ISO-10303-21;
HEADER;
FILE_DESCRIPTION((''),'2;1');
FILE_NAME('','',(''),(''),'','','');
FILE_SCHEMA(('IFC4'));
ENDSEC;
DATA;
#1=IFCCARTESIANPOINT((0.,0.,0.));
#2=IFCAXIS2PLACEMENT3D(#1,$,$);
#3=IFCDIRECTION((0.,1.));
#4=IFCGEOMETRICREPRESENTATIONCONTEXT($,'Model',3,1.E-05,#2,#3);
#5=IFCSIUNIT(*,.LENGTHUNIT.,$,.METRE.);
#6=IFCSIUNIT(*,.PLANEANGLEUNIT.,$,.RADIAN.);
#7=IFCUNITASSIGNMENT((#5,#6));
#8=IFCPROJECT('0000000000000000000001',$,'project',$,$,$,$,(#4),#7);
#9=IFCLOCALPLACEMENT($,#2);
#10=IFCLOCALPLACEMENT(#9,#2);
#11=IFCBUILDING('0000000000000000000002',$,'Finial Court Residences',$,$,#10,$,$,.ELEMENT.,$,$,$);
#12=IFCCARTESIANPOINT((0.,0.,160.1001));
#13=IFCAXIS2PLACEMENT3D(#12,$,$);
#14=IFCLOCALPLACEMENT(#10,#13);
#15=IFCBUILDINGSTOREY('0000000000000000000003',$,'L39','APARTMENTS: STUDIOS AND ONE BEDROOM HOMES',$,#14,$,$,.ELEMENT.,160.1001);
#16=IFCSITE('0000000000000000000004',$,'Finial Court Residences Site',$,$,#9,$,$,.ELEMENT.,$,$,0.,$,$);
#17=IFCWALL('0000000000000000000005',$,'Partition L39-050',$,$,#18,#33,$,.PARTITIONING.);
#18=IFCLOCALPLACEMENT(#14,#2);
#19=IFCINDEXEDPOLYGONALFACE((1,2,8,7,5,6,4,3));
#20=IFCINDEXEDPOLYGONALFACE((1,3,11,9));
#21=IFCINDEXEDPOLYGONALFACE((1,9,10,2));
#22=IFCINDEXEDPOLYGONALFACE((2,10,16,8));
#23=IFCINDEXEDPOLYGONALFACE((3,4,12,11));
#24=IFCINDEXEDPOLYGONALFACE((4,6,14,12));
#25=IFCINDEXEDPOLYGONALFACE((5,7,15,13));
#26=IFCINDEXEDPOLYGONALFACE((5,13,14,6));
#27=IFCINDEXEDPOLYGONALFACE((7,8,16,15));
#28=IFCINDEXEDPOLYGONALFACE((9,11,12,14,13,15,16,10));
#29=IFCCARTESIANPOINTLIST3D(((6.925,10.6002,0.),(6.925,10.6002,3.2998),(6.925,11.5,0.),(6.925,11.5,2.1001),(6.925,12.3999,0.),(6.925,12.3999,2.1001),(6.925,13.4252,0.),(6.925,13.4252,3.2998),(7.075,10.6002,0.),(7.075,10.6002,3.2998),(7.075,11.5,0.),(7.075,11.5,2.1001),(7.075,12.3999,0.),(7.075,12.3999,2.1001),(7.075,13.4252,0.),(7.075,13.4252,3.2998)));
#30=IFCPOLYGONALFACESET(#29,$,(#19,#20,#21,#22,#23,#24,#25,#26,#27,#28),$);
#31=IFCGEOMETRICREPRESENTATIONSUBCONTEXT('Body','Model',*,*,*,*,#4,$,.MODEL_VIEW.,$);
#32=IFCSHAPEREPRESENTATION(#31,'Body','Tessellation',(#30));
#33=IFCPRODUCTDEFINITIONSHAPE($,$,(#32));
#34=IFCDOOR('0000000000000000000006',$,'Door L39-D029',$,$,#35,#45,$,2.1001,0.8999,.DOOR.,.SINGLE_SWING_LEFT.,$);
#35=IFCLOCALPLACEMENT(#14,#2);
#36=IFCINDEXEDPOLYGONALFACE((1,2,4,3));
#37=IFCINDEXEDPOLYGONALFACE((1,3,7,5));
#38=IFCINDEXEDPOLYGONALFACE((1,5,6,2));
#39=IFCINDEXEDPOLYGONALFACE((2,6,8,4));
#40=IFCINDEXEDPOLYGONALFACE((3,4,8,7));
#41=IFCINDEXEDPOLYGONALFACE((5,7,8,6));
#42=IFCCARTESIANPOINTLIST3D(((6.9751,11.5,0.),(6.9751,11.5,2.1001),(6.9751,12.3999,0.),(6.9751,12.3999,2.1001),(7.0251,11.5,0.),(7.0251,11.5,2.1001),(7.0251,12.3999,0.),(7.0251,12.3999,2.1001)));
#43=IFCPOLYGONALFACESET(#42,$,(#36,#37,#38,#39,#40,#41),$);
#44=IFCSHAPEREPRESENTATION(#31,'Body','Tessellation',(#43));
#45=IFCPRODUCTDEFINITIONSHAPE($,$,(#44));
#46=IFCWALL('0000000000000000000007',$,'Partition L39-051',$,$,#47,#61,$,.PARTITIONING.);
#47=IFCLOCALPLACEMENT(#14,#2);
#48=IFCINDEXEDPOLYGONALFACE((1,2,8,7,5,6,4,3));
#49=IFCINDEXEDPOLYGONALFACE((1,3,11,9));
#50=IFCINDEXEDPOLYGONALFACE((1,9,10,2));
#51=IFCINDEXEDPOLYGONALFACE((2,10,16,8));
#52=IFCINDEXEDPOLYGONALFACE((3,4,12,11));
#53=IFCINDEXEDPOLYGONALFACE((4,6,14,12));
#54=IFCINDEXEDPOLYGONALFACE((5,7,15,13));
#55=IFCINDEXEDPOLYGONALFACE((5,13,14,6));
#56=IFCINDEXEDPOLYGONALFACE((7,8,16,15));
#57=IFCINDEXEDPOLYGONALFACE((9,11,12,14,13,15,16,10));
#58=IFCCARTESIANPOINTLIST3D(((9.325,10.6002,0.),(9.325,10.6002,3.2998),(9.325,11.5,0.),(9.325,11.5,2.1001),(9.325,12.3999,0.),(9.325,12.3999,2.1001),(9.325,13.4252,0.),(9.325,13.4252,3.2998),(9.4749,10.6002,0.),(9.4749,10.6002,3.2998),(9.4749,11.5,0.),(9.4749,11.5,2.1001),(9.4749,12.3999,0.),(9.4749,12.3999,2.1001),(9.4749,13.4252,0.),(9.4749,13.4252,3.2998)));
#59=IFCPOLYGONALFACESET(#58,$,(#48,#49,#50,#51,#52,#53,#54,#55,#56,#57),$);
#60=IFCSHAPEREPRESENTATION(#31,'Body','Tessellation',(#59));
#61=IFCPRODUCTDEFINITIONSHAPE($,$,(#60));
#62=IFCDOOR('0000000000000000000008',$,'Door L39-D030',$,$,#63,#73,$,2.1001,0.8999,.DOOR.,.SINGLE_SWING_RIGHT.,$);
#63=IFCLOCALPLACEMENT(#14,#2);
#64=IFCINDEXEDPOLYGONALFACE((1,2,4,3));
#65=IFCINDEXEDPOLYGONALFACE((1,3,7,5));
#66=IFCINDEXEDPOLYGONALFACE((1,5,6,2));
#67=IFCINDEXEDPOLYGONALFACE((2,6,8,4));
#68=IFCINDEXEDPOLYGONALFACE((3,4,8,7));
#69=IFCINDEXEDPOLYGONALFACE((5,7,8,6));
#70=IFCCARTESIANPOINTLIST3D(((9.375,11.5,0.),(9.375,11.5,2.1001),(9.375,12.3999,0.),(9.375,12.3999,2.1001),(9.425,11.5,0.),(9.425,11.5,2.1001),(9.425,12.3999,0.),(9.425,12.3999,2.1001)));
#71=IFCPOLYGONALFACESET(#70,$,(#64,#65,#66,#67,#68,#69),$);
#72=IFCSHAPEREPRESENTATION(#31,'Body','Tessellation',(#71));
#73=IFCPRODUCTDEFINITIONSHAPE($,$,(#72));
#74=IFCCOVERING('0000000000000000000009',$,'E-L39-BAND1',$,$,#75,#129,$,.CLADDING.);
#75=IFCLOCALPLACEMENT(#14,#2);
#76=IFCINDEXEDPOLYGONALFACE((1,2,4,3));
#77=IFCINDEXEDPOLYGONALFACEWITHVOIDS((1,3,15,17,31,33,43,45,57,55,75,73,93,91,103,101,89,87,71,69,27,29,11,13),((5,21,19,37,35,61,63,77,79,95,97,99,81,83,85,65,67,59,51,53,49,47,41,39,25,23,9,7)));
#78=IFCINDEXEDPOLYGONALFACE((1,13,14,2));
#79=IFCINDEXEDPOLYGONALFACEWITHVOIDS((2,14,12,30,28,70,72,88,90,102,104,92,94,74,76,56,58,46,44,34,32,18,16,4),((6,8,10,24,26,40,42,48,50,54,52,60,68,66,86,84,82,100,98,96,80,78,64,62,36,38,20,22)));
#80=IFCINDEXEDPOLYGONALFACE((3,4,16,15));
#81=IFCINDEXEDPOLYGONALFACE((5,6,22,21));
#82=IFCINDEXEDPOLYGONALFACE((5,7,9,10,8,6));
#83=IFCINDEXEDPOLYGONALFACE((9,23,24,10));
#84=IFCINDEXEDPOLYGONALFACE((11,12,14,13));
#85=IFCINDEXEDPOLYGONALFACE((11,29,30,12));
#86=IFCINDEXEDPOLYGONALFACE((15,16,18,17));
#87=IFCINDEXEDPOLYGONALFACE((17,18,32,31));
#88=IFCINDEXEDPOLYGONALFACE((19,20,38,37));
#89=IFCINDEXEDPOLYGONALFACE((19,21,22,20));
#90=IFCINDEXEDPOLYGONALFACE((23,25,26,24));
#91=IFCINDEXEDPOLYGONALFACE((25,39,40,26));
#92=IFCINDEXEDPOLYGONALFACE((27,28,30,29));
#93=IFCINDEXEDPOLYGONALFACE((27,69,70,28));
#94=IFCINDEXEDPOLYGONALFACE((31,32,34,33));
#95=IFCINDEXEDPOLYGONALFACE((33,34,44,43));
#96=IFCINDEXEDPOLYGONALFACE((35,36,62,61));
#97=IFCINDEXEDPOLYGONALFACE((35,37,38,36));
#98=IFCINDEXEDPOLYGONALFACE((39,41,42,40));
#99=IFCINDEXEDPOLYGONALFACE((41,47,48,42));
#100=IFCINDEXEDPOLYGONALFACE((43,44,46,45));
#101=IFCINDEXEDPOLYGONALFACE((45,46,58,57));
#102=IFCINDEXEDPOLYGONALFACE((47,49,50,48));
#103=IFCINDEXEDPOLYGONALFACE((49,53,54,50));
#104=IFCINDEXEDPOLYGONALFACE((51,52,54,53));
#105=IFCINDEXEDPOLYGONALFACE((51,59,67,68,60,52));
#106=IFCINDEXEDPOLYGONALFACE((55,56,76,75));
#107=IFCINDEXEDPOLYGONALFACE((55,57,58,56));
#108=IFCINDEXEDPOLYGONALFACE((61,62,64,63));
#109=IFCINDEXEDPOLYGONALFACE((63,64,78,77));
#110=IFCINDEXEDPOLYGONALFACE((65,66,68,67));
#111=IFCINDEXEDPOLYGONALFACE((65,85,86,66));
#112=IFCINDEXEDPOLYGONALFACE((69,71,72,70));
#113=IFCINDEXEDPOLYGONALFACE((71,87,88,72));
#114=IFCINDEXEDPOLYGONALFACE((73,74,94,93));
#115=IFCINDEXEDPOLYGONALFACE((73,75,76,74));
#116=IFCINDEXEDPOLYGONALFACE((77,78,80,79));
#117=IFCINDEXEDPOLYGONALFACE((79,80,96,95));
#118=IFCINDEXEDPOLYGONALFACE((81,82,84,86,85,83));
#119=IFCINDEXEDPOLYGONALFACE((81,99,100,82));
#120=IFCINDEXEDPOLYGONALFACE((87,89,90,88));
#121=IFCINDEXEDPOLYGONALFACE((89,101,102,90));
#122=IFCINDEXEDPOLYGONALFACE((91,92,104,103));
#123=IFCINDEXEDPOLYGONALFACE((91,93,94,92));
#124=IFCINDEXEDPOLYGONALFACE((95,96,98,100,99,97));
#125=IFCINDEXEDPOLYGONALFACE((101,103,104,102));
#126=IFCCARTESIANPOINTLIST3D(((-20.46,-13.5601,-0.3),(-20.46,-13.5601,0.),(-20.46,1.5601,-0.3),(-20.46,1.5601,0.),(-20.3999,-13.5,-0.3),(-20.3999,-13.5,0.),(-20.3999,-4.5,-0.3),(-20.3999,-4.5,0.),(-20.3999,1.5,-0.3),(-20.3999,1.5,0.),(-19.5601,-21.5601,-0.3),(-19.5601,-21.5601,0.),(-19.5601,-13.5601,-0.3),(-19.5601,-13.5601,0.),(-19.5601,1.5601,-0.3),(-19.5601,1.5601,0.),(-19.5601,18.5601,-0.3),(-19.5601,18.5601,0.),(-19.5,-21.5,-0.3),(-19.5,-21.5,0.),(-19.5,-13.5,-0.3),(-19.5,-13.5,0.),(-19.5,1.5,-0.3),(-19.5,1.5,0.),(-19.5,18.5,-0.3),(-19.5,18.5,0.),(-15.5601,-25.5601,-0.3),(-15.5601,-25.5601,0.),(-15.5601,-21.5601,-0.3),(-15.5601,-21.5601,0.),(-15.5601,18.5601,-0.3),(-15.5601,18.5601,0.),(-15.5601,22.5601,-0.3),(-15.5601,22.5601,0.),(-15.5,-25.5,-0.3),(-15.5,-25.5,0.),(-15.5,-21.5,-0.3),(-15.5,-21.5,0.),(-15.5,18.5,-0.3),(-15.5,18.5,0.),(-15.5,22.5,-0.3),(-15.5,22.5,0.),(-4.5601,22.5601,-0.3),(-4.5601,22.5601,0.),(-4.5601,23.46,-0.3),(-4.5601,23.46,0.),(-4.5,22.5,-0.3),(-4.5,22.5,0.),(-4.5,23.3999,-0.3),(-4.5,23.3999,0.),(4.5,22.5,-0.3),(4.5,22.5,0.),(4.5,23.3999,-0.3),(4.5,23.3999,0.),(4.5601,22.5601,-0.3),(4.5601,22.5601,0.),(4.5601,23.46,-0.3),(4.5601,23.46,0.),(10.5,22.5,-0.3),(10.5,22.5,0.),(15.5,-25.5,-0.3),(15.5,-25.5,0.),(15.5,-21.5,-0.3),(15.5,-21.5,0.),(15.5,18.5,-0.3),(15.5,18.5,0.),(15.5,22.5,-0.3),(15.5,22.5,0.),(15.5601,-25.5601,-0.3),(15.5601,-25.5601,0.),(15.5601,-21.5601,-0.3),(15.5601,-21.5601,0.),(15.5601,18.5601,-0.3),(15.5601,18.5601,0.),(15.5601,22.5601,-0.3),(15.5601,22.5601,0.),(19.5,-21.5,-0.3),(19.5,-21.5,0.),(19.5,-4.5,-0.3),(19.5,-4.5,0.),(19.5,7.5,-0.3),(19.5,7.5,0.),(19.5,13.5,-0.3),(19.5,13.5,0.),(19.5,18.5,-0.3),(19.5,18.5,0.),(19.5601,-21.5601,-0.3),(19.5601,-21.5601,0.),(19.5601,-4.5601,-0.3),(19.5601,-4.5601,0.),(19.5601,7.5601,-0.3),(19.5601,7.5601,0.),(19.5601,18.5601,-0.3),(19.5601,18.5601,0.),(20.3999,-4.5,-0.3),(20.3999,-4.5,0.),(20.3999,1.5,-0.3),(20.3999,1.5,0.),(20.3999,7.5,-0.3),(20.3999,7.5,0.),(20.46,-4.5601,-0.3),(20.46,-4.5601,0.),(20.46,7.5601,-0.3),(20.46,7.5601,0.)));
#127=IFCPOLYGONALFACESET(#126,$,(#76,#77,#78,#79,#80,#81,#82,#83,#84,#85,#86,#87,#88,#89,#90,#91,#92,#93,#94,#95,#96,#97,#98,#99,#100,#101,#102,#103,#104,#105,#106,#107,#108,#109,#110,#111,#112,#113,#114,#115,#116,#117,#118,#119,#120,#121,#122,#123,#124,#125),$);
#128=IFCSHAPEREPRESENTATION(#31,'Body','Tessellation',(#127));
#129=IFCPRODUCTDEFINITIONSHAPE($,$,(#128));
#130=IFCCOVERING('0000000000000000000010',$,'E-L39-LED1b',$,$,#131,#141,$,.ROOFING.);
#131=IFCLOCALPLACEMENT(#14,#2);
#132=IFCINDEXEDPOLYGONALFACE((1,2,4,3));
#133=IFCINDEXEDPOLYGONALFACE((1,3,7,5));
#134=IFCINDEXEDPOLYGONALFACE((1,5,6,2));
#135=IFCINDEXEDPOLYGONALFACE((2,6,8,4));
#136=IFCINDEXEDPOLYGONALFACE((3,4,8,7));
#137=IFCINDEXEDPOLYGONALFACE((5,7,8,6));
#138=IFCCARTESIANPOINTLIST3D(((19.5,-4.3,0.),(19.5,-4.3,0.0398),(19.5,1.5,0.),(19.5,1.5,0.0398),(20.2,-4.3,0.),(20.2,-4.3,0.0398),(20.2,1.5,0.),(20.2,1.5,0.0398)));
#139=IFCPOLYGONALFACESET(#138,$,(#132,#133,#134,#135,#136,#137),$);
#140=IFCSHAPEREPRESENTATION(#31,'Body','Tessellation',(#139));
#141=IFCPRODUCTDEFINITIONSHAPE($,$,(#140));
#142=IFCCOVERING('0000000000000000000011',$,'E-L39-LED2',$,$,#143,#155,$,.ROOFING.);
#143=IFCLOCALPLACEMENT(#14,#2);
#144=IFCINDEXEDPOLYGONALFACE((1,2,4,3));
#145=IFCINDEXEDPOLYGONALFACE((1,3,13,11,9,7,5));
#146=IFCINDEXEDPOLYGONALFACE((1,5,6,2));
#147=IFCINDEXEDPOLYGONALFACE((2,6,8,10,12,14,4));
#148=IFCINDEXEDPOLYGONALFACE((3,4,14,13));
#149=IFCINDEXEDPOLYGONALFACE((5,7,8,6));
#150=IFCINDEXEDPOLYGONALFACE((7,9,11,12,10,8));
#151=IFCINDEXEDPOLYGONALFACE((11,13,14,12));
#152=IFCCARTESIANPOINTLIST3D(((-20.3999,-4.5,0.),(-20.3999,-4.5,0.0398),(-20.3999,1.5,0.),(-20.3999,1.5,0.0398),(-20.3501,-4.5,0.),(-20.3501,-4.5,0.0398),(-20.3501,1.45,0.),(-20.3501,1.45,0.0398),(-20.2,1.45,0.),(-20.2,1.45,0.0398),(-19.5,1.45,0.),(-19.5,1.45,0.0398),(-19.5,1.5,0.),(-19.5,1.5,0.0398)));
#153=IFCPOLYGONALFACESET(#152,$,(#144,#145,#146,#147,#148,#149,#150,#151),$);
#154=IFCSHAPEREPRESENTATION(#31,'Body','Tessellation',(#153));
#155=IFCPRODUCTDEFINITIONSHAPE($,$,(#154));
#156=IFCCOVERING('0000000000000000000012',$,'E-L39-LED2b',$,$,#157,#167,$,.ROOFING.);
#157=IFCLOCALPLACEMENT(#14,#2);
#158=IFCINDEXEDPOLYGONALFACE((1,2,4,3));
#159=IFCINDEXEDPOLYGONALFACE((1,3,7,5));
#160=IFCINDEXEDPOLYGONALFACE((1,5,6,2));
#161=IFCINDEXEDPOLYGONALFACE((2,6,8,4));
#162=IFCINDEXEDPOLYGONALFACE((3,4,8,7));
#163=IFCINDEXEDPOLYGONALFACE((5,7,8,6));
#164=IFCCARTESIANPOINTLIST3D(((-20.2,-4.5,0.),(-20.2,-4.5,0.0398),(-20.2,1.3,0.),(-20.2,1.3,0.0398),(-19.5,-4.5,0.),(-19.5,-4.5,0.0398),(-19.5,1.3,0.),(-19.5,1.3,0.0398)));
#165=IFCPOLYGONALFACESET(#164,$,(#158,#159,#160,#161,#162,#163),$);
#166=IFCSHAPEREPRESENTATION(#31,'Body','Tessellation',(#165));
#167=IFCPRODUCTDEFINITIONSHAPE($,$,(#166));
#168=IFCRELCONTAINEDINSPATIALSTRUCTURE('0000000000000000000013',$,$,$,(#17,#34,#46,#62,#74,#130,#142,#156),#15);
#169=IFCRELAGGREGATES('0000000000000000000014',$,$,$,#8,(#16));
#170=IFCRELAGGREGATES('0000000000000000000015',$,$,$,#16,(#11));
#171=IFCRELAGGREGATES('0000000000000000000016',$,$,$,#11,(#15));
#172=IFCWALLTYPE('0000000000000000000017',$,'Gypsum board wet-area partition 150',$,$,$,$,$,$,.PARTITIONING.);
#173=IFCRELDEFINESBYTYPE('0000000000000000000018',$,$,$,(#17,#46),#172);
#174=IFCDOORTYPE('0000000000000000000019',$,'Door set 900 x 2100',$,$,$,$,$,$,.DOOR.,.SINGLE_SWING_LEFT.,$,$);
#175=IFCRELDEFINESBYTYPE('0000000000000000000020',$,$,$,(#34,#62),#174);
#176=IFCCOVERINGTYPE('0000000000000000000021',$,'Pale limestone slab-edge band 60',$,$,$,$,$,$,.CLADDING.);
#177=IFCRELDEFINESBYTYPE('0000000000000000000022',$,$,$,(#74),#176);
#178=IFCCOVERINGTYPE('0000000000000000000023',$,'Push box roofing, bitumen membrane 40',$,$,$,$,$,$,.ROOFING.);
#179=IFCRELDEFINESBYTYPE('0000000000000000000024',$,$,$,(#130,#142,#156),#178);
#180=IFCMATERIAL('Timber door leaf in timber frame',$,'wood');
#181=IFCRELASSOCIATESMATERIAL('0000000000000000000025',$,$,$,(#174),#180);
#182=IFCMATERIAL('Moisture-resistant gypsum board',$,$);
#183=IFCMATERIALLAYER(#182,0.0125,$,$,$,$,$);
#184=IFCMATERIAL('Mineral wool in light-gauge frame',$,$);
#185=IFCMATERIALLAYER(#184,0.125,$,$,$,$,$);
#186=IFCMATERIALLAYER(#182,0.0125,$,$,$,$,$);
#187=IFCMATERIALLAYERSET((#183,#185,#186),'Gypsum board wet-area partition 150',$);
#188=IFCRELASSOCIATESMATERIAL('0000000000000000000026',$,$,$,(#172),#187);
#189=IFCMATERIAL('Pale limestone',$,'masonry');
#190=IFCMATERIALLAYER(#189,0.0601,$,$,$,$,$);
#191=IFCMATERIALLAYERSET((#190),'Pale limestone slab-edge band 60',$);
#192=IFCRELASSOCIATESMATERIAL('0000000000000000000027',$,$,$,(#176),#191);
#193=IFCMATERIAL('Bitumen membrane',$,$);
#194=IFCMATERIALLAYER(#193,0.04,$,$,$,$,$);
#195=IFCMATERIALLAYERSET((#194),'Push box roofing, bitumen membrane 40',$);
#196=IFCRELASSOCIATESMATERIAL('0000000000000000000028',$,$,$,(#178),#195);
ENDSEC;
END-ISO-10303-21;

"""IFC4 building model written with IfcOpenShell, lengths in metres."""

from ifc_helpers import new_model, si_unit, direction, frame, frame_2d, origin, place, context, subcontext, project, spatial, polyline, rectangle, outline, extrude, material, layer, layer_set, type_object, element, fill, save


model = new_model("IFC4")

# Units and contexts
model_context = context("Model", 3, precision=1e-05, world=origin(), true_north=direction((0.0, 1.0)))
body_context = subcontext(model_context, "Body", "Model", "MODEL_VIEW")
ifc_project = project(units=[si_unit("LENGTHUNIT", "METRE"), si_unit("PLANEANGLEUNIT", "RADIAN")], contexts=[model_context])

# Site, building, storey
site_placement = place(None, origin())
site = spatial("IfcSite", under=ifc_project, at=site_placement, Name="Finial Court Residences Site", CompositionType="ELEMENT", RefElevation=0.0)
building_placement = place(site_placement, origin())
building = spatial("IfcBuilding", under=site, at=building_placement, Name="Finial Court Residences", CompositionType="ELEMENT")
storey_placement = place(building_placement, frame((0.0, 0.0, 160.1001)))
storey = spatial("IfcBuildingStorey", under=building, at=storey_placement, Name="L39", Description="APARTMENTS: STUDIOS AND ONE BEDROOM HOMES", CompositionType="ELEMENT", Elevation=160.1001)

# Shared definitions
ifc_material_1 = material(Name="Mineral wool in light-gauge frame")
ifc_material_2 = material(Name="Timber door leaf in timber frame", Category="wood")
door_type = type_object("IfcDoorType", Name="Door set 900 x 2100", OperationType="SINGLE_SWING_LEFT", PredefinedType="DOOR", material=ifc_material_2)

# Shared definitions
ifc_material_3 = material(Name="Moisture-resistant gypsum board")
ifc_layer_1 = layer(ifc_material_3, 0.0125)
ifc_layer_2 = layer(ifc_material_1, 0.125)
ifc_layer_3 = layer(ifc_material_3, 0.0125)
ifc_layer_set_1 = layer_set([ifc_layer_1, ifc_layer_2, ifc_layer_3], Name="Gypsum board wet-area partition 150")
wall_type_1 = type_object("IfcWallType", Name="Gypsum board wet-area partition 150", PredefinedType="PARTITIONING", material=ifc_layer_set_1)

# Walls, openings, doors
wall_1_placement = place(storey_placement, frame((7.0, 10.6001, 0.0), z_axis=(0.0, 0.0, 1.0), x_axis=(0.0, 1.0, 0.0)))
wall_1 = element("IfcWall", 1, at=wall_1_placement, inside=storey, type_object=wall_type_1, Name="Partition L39-050", PredefinedType="PARTITIONING", context=body_context, shape_type="SweptSolid", body=[
    extrude(rectangle(XDim=2.825, YDim=0.1499, at=frame_2d((1.4126, 0.0))), origin(), (0.0, 0.0, 1.0), 3.2998),
])
opening_1_placement = place(wall_1_placement, frame((0.8999, 0.0, 0.0)))
opening_1 = element("IfcOpeningElement", 2, at=opening_1_placement, cuts=wall_1, PredefinedType="OPENING", context=body_context, shape_type="SweptSolid", body=[
    extrude(rectangle(XDim=0.8999, YDim=2.1001, at=frame_2d((0.45, 1.05))), frame((0.0, 0.085, 0.0), z_axis=(0.0, -1.0, 0.0), x_axis=(1.0, 0.0, 0.0)), (0.0, 0.0, 1.0), 0.1699),
])
door_1_placement = place(opening_1_placement, origin())
door_1 = element("IfcDoor", 3, at=door_1_placement, inside=storey, type_object=door_type, Name="Door L39-D029", OperationType="SINGLE_SWING_LEFT", OverallHeight=2.1001, OverallWidth=0.8999, PredefinedType="DOOR", context=body_context, shape_type="SweptSolid", body=[
    extrude(rectangle(XDim=0.8999, YDim=2.1001, at=frame_2d((0.45, 1.05))), frame((0.0, 0.0249, 0.0), z_axis=(0.0, -1.0, 0.0), x_axis=(1.0, 0.0, 0.0)), (0.0, 0.0, 1.0), 0.05),
])
fill(opening_1, door_1)
wall_2_placement = place(storey_placement, frame((9.3999, 10.6001, 0.0), z_axis=(0.0, 0.0, 1.0), x_axis=(0.0, 1.0, 0.0)))
wall_2 = element("IfcWall", 4, at=wall_2_placement, inside=storey, type_object=wall_type_1, Name="Partition L39-051", PredefinedType="PARTITIONING", context=body_context, shape_type="SweptSolid", body=[
    extrude(rectangle(XDim=2.825, YDim=0.1499, at=frame_2d((1.4126, 0.0))), origin(), (0.0, 0.0, 1.0), 3.2998),
])
opening_2_placement = place(wall_2_placement, frame((0.8999, 0.0, 0.0)))
opening_2 = element("IfcOpeningElement", 5, at=opening_2_placement, cuts=wall_2, PredefinedType="OPENING", context=body_context, shape_type="SweptSolid", body=[
    extrude(rectangle(XDim=0.8999, YDim=2.1001, at=frame_2d((0.45, 1.05))), frame((0.0, 0.085, 0.0), z_axis=(0.0, -1.0, 0.0), x_axis=(1.0, 0.0, 0.0)), (0.0, 0.0, 1.0), 0.1699),
])
door_2_placement = place(opening_2_placement, origin())
door_2 = element("IfcDoor", 6, at=door_2_placement, inside=storey, type_object=door_type, Name="Door L39-D030", OperationType="SINGLE_SWING_RIGHT", OverallHeight=2.1001, OverallWidth=0.8999, PredefinedType="DOOR", context=body_context, shape_type="SweptSolid", body=[
    extrude(rectangle(XDim=0.8999, YDim=2.1001, at=frame_2d((0.45, 1.05))), frame((0.0, 0.0249, 0.0), z_axis=(0.0, -1.0, 0.0), x_axis=(1.0, 0.0, 0.0)), (0.0, 0.0, 1.0), 0.05),
])
fill(opening_2, door_2)

# Coverings
ifc_material_4 = material(Name="Pale limestone", Category="masonry")
ifc_layer_4 = layer(ifc_material_4, 0.0601)
ifc_layer_set_2 = layer_set([ifc_layer_4], Name="Pale limestone slab-edge band 60")
covering_type_1 = type_object("IfcCoveringType", Name="Pale limestone slab-edge band 60", PredefinedType="CLADDING", material=ifc_layer_set_2)
covering_1_placement = place(storey_placement, frame((0.0, 0.0, -0.3)))
element("IfcCovering", 7, at=covering_1_placement, inside=storey, type_object=covering_type_1, Name="E-L39-BAND1", PredefinedType="CLADDING", context=body_context, shape_type="SweptSolid", body=[
    extrude(outline(polyline([(-19.5601, 1.5601), (-19.5601, 18.5601), (-15.5601, 18.5601), (-15.5601, 22.5601), (-4.5601, 22.5601), (-4.5601, 23.46), (4.5601, 23.46), (4.5601, 22.5601), (15.5601, 22.5601), (15.5601, 18.5601), (19.5601, 18.5601), (19.5601, 7.5601), (20.46, 7.5601), (20.46, -4.5601), (19.5601, -4.5601), (19.5601, -21.5601), (15.5601, -21.5601), (15.5601, -25.5601), (-15.5601, -25.5601), (-15.5601, -21.5601), (-19.5601, -21.5601), (-19.5601, -13.5601), (-20.46, -13.5601), (-20.46, 1.5601), (-19.5601, 1.5601)]), holes=[polyline([(-20.3999, -4.5), (-20.3999, -13.5), (-19.5, -13.5), (-19.5, -21.5), (-15.5, -21.5), (-15.5, -25.5), (15.5, -25.5), (15.5, -21.5), (19.5, -21.5), (19.5, -4.5), (20.3999, -4.5), (20.3999, 1.5), (20.3999, 7.5), (19.5, 7.5), (19.5, 13.5), (19.5, 18.5), (15.5, 18.5), (15.5, 22.5), (10.5, 22.5), (4.5, 22.5), (4.5, 23.3999), (-4.5, 23.3999), (-4.5, 22.5), (-15.5, 22.5), (-15.5, 18.5), (-19.5, 18.5), (-19.5, 1.5), (-20.3999, 1.5), (-20.3999, -4.5)])]), origin(), (0.0, 0.0, 1.0), 0.3),
])
ifc_material_5 = material(Name="Bitumen membrane")
ifc_layer_5 = layer(ifc_material_5, 0.04)
ifc_layer_set_3 = layer_set([ifc_layer_5], Name="Push box roofing, bitumen membrane 40")
covering_type_2 = type_object("IfcCoveringType", Name="Push box roofing, bitumen membrane 40", PredefinedType="ROOFING", material=ifc_layer_set_3)
covering_2_placement = place(storey_placement, origin())
element("IfcCovering", 8, at=covering_2_placement, inside=storey, type_object=covering_type_2, Name="E-L39-LED1b", PredefinedType="ROOFING", context=body_context, shape_type="SweptSolid", body=[
    extrude(outline(polyline([(19.5, 1.5), (20.2, 1.5), (20.2, -4.3), (19.5, -4.3), (19.5, 1.5)])), origin(), (0.0, 0.0, 1.0), 0.0398),
])
covering_3_placement = place(storey_placement, origin())
element("IfcCovering", 9, at=covering_3_placement, inside=storey, type_object=covering_type_2, Name="E-L39-LED2", PredefinedType="ROOFING", context=body_context, shape_type="SweptSolid", body=[
    extrude(outline(polyline([(-19.5, 1.45), (-20.2, 1.45), (-20.3501, 1.45), (-20.3501, -4.5), (-20.3999, -4.5), (-20.3999, 1.5), (-19.5, 1.5), (-19.5, 1.45)])), origin(), (0.0, 0.0, 1.0), 0.0398),
])
covering_4_placement = place(storey_placement, origin())
element("IfcCovering", 10, at=covering_4_placement, inside=storey, type_object=covering_type_2, Name="E-L39-LED2b", PredefinedType="ROOFING", context=body_context, shape_type="SweptSolid", body=[
    extrude(outline(polyline([(-19.5, -4.5), (-20.2, -4.5), (-20.2, 1.3), (-19.5, 1.3), (-19.5, -4.5)])), origin(), (0.0, 0.0, 1.0), 0.0398),
])

save(model, "model.ifc")
